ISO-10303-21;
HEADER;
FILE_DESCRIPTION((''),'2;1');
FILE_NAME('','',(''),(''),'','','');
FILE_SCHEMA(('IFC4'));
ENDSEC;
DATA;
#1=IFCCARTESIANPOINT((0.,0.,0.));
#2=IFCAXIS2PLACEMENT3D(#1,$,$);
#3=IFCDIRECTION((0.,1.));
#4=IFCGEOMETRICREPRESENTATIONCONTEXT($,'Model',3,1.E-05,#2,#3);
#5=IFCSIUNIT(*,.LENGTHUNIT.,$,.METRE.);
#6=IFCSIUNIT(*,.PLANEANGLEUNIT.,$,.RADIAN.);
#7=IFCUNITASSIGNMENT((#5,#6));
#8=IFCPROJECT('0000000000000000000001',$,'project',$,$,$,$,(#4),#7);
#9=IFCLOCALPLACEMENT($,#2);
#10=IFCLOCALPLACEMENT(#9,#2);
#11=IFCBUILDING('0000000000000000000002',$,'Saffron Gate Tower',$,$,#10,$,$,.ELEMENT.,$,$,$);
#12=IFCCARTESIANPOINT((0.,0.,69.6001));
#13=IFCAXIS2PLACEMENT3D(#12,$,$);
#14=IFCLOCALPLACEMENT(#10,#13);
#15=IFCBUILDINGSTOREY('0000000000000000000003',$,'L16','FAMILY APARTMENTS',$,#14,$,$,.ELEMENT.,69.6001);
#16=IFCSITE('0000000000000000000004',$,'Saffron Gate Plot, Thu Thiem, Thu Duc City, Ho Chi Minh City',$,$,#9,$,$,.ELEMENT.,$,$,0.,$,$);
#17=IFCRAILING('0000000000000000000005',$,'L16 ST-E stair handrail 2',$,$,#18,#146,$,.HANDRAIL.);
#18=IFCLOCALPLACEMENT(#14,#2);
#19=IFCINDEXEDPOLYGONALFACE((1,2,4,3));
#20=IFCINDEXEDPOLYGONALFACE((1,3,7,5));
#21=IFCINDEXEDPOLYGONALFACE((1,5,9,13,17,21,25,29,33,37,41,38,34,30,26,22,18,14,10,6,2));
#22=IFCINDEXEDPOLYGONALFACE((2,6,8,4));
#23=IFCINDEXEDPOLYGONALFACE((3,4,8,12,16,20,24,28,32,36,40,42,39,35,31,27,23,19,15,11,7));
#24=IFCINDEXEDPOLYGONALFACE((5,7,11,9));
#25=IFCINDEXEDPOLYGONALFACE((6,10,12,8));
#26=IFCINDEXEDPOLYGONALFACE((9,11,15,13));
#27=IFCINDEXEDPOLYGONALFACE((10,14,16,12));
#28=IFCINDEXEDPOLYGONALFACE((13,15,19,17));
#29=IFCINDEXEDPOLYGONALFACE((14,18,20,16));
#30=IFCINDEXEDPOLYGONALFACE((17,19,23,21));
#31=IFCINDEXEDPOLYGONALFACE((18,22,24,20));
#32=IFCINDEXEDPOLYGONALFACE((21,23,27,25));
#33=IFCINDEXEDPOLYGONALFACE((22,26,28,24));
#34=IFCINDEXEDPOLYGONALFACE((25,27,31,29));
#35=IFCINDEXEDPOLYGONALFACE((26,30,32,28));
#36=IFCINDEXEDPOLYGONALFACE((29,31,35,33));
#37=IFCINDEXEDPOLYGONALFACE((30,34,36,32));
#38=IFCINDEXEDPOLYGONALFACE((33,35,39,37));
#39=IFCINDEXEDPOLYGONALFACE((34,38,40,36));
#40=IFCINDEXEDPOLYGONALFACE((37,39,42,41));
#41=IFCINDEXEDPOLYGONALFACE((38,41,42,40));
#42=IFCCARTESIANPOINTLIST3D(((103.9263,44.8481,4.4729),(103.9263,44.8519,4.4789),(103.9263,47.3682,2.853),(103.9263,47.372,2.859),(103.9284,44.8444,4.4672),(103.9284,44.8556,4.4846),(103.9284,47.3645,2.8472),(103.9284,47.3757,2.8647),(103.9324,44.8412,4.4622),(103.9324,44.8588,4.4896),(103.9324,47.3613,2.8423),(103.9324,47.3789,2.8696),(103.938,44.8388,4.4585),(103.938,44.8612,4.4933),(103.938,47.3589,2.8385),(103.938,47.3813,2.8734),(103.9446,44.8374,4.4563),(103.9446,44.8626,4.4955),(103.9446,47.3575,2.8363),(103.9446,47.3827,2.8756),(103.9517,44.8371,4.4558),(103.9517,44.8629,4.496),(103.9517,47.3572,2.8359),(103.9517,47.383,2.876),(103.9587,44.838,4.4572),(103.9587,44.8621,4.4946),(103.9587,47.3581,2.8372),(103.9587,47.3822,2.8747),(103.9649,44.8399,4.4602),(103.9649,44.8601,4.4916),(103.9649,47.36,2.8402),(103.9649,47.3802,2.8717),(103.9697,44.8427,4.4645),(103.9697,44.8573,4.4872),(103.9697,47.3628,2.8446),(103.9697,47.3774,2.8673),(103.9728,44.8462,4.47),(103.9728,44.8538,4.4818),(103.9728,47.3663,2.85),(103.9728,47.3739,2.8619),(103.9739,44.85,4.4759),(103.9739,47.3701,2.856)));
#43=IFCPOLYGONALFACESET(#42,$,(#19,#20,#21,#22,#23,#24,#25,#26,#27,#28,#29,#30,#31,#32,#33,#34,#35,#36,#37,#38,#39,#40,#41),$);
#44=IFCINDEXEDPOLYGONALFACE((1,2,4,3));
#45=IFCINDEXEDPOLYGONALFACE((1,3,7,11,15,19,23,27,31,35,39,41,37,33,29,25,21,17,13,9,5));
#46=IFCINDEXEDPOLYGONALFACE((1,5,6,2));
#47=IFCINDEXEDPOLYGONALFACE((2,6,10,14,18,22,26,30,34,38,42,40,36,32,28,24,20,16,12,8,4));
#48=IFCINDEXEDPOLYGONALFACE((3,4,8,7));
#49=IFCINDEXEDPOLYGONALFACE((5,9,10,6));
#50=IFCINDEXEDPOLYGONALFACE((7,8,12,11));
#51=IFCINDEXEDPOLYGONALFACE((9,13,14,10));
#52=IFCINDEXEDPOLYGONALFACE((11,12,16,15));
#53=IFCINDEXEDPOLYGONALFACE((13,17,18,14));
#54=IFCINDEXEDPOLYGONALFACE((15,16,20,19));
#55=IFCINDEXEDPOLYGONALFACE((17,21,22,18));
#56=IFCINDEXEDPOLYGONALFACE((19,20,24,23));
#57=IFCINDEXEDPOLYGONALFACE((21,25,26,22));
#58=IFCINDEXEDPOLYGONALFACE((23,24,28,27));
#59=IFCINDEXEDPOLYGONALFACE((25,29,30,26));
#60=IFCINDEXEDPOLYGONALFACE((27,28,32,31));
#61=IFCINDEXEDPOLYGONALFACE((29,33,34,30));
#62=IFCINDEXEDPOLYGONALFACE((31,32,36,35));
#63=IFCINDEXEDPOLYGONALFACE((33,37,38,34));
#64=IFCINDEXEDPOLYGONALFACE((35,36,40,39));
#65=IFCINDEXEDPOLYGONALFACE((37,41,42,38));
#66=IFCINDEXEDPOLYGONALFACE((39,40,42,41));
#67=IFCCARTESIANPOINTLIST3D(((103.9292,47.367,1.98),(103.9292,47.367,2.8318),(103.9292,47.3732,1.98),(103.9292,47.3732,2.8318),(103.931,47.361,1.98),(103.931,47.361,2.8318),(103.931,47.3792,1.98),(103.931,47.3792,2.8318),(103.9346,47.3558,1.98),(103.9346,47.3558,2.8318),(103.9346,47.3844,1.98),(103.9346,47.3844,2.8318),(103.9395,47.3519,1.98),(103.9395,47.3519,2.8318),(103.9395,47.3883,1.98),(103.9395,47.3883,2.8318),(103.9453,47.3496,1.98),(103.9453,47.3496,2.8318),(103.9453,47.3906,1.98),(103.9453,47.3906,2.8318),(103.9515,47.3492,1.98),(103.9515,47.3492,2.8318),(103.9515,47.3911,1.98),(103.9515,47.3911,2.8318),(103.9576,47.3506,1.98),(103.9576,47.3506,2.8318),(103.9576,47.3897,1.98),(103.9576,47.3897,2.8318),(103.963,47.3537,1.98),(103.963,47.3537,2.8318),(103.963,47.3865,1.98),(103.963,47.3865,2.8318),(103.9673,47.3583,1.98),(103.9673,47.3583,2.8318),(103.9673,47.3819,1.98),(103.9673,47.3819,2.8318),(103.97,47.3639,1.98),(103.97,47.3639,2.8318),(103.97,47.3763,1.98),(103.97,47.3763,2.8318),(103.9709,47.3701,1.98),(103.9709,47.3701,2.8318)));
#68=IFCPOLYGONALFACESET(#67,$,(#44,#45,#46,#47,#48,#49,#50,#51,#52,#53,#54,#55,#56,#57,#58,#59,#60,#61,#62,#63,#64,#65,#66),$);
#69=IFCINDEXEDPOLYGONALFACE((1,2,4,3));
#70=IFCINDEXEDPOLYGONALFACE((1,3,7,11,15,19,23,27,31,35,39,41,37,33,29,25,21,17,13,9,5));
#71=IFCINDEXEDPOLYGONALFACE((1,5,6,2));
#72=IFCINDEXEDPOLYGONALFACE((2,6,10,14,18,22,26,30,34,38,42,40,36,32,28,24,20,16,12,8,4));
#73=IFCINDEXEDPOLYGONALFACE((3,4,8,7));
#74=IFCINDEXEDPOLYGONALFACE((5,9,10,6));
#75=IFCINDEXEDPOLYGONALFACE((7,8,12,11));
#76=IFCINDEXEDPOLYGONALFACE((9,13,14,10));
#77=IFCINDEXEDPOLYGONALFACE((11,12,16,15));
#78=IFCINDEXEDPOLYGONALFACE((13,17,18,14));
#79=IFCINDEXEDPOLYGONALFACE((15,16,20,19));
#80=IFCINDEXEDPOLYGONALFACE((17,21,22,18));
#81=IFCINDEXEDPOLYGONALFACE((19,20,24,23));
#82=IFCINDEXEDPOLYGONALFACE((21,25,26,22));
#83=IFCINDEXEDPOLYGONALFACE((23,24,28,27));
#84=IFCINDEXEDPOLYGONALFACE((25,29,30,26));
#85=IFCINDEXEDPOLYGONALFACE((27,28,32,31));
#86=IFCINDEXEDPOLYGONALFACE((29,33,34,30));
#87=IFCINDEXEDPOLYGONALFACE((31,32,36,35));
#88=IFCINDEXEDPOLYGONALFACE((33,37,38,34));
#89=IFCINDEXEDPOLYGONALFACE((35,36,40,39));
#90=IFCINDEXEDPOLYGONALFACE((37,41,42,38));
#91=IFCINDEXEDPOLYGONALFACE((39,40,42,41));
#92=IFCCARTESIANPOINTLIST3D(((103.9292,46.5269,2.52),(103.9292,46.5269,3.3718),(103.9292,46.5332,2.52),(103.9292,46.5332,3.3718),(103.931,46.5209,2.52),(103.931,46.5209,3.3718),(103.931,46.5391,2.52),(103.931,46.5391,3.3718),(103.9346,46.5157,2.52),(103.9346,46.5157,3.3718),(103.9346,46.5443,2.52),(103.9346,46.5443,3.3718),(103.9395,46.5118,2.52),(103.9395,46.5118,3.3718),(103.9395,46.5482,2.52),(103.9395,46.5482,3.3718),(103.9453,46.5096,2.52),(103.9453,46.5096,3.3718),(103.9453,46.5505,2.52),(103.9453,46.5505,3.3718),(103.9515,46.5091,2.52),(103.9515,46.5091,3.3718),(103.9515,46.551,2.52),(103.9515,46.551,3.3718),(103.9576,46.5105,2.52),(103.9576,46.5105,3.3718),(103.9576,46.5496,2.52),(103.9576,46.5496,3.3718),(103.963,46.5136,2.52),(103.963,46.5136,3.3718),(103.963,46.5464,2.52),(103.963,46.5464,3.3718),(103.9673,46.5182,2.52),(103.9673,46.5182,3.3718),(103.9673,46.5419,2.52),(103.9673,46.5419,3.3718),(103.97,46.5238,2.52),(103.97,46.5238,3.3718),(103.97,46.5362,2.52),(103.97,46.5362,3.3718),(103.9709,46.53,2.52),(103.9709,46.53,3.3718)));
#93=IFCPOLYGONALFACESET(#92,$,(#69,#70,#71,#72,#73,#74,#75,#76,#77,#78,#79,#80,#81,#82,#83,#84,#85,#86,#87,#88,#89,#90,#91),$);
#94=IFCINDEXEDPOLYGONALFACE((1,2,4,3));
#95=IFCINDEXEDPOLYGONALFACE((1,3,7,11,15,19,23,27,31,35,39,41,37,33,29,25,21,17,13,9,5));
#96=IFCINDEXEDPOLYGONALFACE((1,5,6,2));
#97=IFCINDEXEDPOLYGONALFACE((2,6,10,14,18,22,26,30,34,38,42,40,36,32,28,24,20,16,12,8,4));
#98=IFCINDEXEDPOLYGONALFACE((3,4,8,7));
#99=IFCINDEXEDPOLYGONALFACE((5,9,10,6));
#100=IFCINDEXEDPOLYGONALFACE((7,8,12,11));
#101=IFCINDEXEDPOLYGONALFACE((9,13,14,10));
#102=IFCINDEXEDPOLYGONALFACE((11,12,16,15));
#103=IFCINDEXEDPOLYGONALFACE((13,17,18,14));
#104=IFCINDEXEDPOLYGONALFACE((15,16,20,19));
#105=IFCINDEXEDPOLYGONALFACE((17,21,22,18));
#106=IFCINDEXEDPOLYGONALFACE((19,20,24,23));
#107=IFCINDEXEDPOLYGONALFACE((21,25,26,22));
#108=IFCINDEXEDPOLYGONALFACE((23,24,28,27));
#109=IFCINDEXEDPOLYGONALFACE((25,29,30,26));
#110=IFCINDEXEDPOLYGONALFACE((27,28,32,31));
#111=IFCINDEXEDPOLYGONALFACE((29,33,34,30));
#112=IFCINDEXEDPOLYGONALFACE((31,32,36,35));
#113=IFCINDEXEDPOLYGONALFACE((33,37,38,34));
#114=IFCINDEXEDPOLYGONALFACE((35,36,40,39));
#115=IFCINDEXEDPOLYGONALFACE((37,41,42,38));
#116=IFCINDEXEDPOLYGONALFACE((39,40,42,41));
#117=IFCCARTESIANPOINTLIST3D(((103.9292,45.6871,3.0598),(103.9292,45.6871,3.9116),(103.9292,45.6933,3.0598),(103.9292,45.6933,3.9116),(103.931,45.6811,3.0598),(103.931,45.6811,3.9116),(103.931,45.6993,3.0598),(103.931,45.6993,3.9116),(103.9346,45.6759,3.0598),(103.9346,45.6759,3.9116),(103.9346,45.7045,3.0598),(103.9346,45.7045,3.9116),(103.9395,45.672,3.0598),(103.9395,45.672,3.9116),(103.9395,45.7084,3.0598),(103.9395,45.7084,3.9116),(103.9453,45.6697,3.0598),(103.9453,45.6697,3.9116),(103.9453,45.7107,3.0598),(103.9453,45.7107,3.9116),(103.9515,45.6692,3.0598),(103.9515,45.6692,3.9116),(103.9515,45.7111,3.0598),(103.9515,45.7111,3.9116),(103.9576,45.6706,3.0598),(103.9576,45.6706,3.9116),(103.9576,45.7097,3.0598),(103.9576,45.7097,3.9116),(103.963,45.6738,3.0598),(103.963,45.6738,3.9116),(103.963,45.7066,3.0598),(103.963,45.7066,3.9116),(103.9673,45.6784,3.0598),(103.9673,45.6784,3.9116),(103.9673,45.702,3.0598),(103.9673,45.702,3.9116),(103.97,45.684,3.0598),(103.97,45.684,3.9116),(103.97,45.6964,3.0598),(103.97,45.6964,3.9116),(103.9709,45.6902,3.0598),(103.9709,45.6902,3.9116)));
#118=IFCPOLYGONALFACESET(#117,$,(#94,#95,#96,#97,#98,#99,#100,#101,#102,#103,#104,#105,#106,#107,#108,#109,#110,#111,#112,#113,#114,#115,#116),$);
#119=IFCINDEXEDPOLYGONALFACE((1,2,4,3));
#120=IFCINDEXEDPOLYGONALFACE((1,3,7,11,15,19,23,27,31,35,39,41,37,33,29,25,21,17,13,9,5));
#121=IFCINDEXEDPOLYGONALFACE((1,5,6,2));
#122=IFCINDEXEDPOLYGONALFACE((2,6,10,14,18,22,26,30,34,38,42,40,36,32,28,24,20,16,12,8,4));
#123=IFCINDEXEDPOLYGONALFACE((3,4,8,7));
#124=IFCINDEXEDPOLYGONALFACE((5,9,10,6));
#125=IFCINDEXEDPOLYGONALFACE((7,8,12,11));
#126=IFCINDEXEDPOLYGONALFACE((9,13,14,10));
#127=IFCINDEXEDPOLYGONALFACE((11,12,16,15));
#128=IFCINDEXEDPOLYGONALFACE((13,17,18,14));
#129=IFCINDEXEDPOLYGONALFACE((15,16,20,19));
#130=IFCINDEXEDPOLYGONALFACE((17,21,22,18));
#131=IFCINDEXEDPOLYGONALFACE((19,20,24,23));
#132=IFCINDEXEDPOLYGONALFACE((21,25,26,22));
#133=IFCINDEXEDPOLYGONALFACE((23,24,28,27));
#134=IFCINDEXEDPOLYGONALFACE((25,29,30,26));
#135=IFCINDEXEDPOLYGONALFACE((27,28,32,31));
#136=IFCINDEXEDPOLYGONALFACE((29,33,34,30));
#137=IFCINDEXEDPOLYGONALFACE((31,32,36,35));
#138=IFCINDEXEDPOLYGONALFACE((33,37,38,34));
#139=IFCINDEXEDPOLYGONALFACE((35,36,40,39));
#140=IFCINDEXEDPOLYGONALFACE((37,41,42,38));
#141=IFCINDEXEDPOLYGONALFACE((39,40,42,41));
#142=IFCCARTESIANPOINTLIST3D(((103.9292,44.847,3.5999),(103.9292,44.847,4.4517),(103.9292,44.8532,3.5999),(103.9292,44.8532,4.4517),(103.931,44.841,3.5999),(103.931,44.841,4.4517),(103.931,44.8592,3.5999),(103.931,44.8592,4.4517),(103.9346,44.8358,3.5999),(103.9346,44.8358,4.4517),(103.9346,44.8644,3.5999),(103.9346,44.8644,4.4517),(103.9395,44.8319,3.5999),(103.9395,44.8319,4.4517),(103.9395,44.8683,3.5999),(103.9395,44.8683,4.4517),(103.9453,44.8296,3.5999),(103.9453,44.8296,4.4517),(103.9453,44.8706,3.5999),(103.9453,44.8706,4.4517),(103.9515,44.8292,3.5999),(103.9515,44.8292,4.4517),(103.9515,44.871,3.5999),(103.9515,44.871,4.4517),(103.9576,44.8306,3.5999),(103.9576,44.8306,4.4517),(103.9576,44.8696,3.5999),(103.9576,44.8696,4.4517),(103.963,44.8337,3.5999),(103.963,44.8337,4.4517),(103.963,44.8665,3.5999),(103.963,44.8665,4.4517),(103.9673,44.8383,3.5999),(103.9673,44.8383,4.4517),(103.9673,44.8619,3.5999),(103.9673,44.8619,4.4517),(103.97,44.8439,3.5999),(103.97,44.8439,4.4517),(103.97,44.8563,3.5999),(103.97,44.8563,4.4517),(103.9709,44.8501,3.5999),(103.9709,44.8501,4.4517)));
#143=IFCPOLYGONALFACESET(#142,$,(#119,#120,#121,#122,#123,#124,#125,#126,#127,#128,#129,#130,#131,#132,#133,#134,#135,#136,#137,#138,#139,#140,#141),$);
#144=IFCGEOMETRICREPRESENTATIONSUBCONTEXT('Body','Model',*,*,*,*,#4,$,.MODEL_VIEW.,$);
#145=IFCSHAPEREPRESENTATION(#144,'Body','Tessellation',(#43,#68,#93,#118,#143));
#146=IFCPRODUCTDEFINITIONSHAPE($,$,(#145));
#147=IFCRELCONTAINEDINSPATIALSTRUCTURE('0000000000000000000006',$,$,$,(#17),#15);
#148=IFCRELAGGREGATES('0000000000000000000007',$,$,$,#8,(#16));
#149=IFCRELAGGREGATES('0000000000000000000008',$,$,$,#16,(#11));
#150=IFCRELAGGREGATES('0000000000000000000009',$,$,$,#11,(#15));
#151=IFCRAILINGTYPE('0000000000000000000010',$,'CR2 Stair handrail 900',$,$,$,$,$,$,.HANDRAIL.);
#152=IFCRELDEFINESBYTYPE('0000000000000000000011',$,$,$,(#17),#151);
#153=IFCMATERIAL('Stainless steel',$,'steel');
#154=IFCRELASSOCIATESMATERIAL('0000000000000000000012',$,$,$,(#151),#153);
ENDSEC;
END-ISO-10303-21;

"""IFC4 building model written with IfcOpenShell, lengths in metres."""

from ifc_helpers import new_model, si_unit, direction, frame, origin, origin_2d, place, context, subcontext, project, spatial, circle, extrude, material, type_object, element, save


model = new_model("IFC4")

# Units and contexts
model_context = context("Model", 3, precision=1e-05, world=origin(), true_north=direction((0.0, 1.0)))
body_context = subcontext(model_context, "Body", "Model", "MODEL_VIEW")
ifc_project = project(units=[si_unit("LENGTHUNIT", "METRE"), si_unit("PLANEANGLEUNIT", "RADIAN")], contexts=[model_context])

# Site, building, storey
site_placement = place(None, origin())
site = spatial("IfcSite", under=ifc_project, at=site_placement, Name="Saffron Gate Plot, Thu Thiem, Thu Duc City, Ho Chi Minh City", CompositionType="ELEMENT", RefElevation=0.0)
building_placement = place(site_placement, origin())
building = spatial("IfcBuilding", under=site, at=building_placement, Name="Saffron Gate Tower", CompositionType="ELEMENT")
storey_placement = place(building_placement, frame((0.0, 0.0, 69.6001)))
storey = spatial("IfcBuildingStorey", under=building, at=storey_placement, Name="L16", Description="FAMILY APARTMENTS", CompositionType="ELEMENT", Elevation=69.6001)

# Railing
ifc_material_1 = material(Name="Stainless steel", Category="steel")
railing_type_1 = type_object("IfcRailingType", Name="CR2 Stair handrail 900", PredefinedType="HANDRAIL", material=ifc_material_1)
railing_1_placement = place(storey_placement, frame((103.95, 47.3701, 1.98)))
element("IfcRailing", 1, at=railing_1_placement, inside=storey, type_object=railing_type_1, Name="L16 ST-E stair handrail 2", PredefinedType="HANDRAIL", context=body_context, shape_type="SweptSolid", body=[
    extrude(circle(Radius=0.0239, at=origin_2d()), frame((0.0, 0.0, 0.876), z_axis=(0.0, -0.8412, 0.540725), x_axis=(1.0, 0.0, 0.0)), (0.0, 0.0, 1.0), 2.9958),
    extrude(circle(Radius=0.021, at=origin_2d()), origin(), (0.0, 0.0, 1.0), 0.8518),
    extrude(circle(Radius=0.021, at=origin_2d()), frame((0.0, -0.8401, 0.54)), (0.0, 0.0, 1.0), 0.8518),
    extrude(circle(Radius=0.021, at=origin_2d()), frame((0.0, -1.6799, 1.0798)), (0.0, 0.0, 1.0), 0.8518),
    extrude(circle(Radius=0.021, at=origin_2d()), frame((0.0, -2.52, 1.6199)), (0.0, 0.0, 1.0), 0.8518),
])

save(model, "model.ifc")
